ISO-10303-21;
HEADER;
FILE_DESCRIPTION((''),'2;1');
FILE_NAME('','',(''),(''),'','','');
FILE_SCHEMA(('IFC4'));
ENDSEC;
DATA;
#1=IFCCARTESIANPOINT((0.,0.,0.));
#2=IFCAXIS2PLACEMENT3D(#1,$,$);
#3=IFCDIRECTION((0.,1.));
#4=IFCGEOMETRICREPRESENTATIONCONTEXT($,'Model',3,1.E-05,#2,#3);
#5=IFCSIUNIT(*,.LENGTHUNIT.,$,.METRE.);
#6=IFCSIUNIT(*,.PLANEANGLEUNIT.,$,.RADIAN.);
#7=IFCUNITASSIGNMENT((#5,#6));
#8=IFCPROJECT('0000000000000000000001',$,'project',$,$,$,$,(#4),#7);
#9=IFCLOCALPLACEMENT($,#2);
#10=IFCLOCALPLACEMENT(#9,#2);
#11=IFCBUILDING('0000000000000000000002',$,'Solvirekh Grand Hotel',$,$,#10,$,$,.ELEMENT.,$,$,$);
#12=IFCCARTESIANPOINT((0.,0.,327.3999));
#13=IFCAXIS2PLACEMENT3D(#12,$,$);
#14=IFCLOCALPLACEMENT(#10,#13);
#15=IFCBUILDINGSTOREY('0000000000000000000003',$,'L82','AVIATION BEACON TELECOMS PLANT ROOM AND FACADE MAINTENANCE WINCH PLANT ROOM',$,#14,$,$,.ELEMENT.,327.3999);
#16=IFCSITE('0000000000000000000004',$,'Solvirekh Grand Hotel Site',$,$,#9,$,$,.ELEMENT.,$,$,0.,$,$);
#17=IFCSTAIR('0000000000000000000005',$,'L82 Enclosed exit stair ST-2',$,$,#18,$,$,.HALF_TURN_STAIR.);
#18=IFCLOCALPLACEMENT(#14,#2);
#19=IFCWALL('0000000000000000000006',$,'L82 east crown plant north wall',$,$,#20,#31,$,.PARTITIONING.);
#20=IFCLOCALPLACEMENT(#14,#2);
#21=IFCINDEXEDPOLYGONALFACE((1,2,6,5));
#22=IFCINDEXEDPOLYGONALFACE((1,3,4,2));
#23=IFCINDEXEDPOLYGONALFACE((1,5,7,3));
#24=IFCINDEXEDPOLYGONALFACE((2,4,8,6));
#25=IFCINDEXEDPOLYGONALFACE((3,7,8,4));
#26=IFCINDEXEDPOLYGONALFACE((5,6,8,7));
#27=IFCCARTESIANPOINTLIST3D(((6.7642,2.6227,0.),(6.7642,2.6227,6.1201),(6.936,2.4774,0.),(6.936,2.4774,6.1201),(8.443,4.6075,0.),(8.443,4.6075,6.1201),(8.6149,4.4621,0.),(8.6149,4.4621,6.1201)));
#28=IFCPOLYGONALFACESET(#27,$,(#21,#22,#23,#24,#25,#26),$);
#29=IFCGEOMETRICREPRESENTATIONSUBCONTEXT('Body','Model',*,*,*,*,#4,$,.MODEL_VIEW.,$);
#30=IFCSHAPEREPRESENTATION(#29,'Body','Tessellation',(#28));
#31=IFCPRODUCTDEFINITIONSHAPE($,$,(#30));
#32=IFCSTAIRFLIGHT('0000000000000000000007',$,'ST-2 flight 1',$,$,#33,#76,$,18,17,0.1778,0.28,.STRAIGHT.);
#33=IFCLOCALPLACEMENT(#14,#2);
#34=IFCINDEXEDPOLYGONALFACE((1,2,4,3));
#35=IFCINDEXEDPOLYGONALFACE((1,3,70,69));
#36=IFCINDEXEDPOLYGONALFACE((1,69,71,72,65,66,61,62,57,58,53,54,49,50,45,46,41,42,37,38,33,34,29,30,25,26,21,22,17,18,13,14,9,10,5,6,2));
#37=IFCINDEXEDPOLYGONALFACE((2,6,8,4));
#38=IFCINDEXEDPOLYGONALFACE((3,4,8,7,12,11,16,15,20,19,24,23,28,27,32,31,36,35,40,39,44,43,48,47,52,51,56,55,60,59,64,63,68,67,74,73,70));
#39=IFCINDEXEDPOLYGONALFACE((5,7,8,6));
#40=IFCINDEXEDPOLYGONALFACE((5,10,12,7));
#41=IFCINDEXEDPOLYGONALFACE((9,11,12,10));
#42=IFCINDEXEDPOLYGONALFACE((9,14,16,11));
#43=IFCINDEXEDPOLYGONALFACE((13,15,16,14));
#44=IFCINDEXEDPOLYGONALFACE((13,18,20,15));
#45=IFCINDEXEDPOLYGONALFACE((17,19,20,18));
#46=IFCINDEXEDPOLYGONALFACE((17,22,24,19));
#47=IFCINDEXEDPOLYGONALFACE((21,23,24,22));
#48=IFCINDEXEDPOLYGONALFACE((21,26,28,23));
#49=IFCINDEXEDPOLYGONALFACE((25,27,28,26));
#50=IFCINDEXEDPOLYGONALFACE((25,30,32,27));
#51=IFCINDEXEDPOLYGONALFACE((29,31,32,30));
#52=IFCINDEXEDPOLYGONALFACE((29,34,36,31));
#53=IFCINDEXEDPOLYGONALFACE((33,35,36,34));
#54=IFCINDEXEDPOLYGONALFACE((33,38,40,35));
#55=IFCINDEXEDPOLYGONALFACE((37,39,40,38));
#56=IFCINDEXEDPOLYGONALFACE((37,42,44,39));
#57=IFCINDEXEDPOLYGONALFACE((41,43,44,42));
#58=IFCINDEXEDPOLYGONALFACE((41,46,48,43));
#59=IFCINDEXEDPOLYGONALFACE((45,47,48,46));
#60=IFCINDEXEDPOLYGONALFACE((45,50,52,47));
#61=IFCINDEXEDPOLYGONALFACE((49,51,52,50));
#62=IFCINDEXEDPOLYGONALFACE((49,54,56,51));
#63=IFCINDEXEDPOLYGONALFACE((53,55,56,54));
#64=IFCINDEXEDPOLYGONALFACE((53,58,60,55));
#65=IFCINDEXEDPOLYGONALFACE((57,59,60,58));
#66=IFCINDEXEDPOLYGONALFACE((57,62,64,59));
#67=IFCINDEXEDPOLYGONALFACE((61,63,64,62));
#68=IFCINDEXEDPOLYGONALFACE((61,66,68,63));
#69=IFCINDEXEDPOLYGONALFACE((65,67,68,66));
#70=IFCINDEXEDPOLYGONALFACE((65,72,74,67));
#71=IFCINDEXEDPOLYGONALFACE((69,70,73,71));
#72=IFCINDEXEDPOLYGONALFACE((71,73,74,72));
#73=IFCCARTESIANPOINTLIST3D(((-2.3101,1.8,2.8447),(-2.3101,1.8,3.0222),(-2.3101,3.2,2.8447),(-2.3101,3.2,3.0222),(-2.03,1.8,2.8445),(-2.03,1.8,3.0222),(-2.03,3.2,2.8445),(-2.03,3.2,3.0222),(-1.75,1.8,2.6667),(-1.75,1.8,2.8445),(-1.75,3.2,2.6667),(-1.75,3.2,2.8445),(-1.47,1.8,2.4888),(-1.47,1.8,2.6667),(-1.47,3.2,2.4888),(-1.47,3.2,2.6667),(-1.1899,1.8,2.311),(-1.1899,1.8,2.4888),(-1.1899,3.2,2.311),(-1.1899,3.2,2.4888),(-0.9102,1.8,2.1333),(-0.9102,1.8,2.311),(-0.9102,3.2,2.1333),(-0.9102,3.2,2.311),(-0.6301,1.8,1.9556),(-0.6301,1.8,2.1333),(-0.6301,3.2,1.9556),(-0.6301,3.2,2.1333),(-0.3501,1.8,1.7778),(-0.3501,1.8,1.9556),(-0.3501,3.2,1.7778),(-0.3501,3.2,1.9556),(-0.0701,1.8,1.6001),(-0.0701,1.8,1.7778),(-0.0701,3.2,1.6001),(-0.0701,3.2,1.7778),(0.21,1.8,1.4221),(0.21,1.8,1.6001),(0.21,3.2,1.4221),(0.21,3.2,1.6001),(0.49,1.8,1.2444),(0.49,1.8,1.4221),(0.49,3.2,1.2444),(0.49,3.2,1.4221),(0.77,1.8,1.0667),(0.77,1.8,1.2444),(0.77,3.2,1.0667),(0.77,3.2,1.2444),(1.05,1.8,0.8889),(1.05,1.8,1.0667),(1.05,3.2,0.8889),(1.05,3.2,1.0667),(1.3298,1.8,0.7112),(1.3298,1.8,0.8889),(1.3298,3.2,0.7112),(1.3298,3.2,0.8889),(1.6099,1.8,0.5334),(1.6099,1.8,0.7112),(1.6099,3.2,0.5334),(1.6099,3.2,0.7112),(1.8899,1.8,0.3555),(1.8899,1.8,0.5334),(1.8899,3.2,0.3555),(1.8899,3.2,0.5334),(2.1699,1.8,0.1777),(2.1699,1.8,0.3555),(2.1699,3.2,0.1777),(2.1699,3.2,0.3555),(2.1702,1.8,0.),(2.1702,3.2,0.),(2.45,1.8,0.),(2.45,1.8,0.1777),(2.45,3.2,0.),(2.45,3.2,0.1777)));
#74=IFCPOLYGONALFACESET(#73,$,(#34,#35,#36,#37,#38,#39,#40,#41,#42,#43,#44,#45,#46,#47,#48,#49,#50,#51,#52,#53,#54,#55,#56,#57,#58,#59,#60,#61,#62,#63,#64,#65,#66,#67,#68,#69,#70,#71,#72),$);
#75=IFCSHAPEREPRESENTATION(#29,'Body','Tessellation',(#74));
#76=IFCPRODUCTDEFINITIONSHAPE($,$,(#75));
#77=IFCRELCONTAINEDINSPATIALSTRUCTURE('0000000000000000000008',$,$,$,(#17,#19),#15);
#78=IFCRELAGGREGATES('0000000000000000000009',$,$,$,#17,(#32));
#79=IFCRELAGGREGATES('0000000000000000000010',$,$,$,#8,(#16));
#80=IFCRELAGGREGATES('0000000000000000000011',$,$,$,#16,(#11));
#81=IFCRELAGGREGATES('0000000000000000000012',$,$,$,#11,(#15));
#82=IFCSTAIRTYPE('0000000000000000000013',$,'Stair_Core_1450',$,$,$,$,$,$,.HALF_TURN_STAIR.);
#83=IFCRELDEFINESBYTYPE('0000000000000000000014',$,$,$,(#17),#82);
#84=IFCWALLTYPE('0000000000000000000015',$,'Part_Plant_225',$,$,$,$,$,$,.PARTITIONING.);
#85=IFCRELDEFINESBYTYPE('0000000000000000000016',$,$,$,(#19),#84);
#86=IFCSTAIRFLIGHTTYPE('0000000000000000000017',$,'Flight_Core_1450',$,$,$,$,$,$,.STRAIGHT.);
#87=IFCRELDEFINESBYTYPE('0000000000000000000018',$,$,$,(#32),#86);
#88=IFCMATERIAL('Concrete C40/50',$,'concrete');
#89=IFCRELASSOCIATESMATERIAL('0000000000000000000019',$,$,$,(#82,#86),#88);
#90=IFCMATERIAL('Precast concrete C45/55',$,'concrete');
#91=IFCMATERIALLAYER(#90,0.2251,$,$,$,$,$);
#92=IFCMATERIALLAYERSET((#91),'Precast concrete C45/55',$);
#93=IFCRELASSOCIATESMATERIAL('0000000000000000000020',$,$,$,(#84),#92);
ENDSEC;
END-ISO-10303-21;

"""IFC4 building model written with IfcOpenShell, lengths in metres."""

from ifc_helpers import new_model, si_unit, direction, frame, frame_2d, origin, place, context, subcontext, project, spatial, polyline, rectangle, outline, extrude, material, layer, layer_set, type_object, element, aggregate, save


model = new_model("IFC4")

# Units and contexts
model_context = context("Model", 3, precision=1e-05, world=origin(), true_north=direction((0.0, 1.0)))
body_context = subcontext(model_context, "Body", "Model", "MODEL_VIEW")
ifc_project = project(units=[si_unit("LENGTHUNIT", "METRE"), si_unit("PLANEANGLEUNIT", "RADIAN")], contexts=[model_context])

# Site, building, storey
site_placement = place(None, origin())
site = spatial("IfcSite", under=ifc_project, at=site_placement, Name="Solvirekh Grand Hotel Site", CompositionType="ELEMENT", RefElevation=0.0)
building_placement = place(site_placement, origin())
building = spatial("IfcBuilding", under=site, at=building_placement, Name="Solvirekh Grand Hotel", CompositionType="ELEMENT")
storey_placement = place(building_placement, frame((0.0, 0.0, 327.3999)))
storey = spatial("IfcBuildingStorey", under=building, at=storey_placement, Name="L82", Description="AVIATION BEACON TELECOMS PLANT ROOM AND FACADE MAINTENANCE WINCH PLANT ROOM", CompositionType="ELEMENT", Elevation=327.3999)

# Stair
ifc_material_1 = material(Name="Concrete C40/50", Category="concrete")
stair_type = type_object("IfcStairType", Name="Stair_Core_1450", PredefinedType="HALF_TURN_STAIR", material=ifc_material_1)
stair_placement = place(storey_placement, origin())
stair = element("IfcStair", 1, at=stair_placement, inside=storey, type_object=stair_type, Name="L82 Enclosed exit stair ST-2", PredefinedType="HALF_TURN_STAIR")

# Wall
ifc_material_2 = material(Name="Precast concrete C45/55", Category="concrete")
ifc_layer_1 = layer(ifc_material_2, 0.2251)
ifc_layer_set_1 = layer_set([ifc_layer_1], Name="Precast concrete C45/55")
wall_type_1 = type_object("IfcWallType", Name="Part_Plant_225", PredefinedType="PARTITIONING", material=ifc_layer_set_1)
wall_1_placement = place(storey_placement, frame((6.8501, 2.55, 0.0), z_axis=(0.0, 0.0, 1.0), x_axis=(0.64582, 0.76349, 0.0)))
element("IfcWall", 2, at=wall_1_placement, inside=storey, type_object=wall_type_1, Name="L82 east crown plant north wall", PredefinedType="PARTITIONING", context=body_context, shape_type="SweptSolid", body=[
    extrude(rectangle(XDim=2.5996, YDim=0.2251, at=frame_2d((1.2998, 0.0))), origin(), (0.0, 0.0, 1.0), 6.1201),
])

# Stair flight
stair_flight_type = type_object("IfcStairFlightType", Name="Flight_Core_1450", PredefinedType="STRAIGHT", material=ifc_material_1)
stair_flight_placement = place(storey_placement, frame((2.45, 2.5, 0.0), z_axis=(0.0, 0.0, 1.0), x_axis=(-1.0, 0.0, 0.0)))
stair_flight = element("IfcStairFlight", 3, at=stair_flight_placement, type_object=stair_flight_type, Name="ST-2 flight 1", NumberOfRisers=18, NumberOfTreads=17, PredefinedType="STRAIGHT", RiserHeight=0.1778, TreadLength=0.28, context=body_context, shape_type="SweptSolid", body=[
    extrude(outline(polyline([(0.0, 0.0), (0.0, 0.1777), (0.28, 0.1777), (0.28, 0.3555), (0.5601, 0.3555), (0.5601, 0.5334), (0.8401, 0.5334), (0.8401, 0.7112), (1.1201, 0.7112), (1.1201, 0.8889), (1.3999, 0.8889), (1.3999, 1.0667), (1.6799, 1.0667), (1.6799, 1.2444), (1.96, 1.2444), (1.96, 1.4221), (2.24, 1.4221), (2.24, 1.6001), (2.52, 1.6001), (2.52, 1.7778), (2.8, 1.7778), (2.8, 1.9556), (3.0801, 1.9556), (3.0801, 2.1333), (3.3601, 2.1333), (3.3601, 2.311), (3.6399, 2.311), (3.6399, 2.4888), (3.9199, 2.4888), (3.9199, 2.6667), (4.2, 2.6667), (4.2, 2.8445), (4.48, 2.8445), (4.48, 3.0222), (4.76, 3.0222), (4.76, 3.2), (4.76, 2.8447), (0.2798, 0.0), (0.0, 0.0)])), frame((0.0, 0.7, 0.0), z_axis=(0.0, -1.0, 0.0), x_axis=(1.0, 0.0, 0.0)), (0.0, 0.0, 1.0), 1.3999),
])
aggregate(stair, [stair_flight])

save(model, "model.ifc")
